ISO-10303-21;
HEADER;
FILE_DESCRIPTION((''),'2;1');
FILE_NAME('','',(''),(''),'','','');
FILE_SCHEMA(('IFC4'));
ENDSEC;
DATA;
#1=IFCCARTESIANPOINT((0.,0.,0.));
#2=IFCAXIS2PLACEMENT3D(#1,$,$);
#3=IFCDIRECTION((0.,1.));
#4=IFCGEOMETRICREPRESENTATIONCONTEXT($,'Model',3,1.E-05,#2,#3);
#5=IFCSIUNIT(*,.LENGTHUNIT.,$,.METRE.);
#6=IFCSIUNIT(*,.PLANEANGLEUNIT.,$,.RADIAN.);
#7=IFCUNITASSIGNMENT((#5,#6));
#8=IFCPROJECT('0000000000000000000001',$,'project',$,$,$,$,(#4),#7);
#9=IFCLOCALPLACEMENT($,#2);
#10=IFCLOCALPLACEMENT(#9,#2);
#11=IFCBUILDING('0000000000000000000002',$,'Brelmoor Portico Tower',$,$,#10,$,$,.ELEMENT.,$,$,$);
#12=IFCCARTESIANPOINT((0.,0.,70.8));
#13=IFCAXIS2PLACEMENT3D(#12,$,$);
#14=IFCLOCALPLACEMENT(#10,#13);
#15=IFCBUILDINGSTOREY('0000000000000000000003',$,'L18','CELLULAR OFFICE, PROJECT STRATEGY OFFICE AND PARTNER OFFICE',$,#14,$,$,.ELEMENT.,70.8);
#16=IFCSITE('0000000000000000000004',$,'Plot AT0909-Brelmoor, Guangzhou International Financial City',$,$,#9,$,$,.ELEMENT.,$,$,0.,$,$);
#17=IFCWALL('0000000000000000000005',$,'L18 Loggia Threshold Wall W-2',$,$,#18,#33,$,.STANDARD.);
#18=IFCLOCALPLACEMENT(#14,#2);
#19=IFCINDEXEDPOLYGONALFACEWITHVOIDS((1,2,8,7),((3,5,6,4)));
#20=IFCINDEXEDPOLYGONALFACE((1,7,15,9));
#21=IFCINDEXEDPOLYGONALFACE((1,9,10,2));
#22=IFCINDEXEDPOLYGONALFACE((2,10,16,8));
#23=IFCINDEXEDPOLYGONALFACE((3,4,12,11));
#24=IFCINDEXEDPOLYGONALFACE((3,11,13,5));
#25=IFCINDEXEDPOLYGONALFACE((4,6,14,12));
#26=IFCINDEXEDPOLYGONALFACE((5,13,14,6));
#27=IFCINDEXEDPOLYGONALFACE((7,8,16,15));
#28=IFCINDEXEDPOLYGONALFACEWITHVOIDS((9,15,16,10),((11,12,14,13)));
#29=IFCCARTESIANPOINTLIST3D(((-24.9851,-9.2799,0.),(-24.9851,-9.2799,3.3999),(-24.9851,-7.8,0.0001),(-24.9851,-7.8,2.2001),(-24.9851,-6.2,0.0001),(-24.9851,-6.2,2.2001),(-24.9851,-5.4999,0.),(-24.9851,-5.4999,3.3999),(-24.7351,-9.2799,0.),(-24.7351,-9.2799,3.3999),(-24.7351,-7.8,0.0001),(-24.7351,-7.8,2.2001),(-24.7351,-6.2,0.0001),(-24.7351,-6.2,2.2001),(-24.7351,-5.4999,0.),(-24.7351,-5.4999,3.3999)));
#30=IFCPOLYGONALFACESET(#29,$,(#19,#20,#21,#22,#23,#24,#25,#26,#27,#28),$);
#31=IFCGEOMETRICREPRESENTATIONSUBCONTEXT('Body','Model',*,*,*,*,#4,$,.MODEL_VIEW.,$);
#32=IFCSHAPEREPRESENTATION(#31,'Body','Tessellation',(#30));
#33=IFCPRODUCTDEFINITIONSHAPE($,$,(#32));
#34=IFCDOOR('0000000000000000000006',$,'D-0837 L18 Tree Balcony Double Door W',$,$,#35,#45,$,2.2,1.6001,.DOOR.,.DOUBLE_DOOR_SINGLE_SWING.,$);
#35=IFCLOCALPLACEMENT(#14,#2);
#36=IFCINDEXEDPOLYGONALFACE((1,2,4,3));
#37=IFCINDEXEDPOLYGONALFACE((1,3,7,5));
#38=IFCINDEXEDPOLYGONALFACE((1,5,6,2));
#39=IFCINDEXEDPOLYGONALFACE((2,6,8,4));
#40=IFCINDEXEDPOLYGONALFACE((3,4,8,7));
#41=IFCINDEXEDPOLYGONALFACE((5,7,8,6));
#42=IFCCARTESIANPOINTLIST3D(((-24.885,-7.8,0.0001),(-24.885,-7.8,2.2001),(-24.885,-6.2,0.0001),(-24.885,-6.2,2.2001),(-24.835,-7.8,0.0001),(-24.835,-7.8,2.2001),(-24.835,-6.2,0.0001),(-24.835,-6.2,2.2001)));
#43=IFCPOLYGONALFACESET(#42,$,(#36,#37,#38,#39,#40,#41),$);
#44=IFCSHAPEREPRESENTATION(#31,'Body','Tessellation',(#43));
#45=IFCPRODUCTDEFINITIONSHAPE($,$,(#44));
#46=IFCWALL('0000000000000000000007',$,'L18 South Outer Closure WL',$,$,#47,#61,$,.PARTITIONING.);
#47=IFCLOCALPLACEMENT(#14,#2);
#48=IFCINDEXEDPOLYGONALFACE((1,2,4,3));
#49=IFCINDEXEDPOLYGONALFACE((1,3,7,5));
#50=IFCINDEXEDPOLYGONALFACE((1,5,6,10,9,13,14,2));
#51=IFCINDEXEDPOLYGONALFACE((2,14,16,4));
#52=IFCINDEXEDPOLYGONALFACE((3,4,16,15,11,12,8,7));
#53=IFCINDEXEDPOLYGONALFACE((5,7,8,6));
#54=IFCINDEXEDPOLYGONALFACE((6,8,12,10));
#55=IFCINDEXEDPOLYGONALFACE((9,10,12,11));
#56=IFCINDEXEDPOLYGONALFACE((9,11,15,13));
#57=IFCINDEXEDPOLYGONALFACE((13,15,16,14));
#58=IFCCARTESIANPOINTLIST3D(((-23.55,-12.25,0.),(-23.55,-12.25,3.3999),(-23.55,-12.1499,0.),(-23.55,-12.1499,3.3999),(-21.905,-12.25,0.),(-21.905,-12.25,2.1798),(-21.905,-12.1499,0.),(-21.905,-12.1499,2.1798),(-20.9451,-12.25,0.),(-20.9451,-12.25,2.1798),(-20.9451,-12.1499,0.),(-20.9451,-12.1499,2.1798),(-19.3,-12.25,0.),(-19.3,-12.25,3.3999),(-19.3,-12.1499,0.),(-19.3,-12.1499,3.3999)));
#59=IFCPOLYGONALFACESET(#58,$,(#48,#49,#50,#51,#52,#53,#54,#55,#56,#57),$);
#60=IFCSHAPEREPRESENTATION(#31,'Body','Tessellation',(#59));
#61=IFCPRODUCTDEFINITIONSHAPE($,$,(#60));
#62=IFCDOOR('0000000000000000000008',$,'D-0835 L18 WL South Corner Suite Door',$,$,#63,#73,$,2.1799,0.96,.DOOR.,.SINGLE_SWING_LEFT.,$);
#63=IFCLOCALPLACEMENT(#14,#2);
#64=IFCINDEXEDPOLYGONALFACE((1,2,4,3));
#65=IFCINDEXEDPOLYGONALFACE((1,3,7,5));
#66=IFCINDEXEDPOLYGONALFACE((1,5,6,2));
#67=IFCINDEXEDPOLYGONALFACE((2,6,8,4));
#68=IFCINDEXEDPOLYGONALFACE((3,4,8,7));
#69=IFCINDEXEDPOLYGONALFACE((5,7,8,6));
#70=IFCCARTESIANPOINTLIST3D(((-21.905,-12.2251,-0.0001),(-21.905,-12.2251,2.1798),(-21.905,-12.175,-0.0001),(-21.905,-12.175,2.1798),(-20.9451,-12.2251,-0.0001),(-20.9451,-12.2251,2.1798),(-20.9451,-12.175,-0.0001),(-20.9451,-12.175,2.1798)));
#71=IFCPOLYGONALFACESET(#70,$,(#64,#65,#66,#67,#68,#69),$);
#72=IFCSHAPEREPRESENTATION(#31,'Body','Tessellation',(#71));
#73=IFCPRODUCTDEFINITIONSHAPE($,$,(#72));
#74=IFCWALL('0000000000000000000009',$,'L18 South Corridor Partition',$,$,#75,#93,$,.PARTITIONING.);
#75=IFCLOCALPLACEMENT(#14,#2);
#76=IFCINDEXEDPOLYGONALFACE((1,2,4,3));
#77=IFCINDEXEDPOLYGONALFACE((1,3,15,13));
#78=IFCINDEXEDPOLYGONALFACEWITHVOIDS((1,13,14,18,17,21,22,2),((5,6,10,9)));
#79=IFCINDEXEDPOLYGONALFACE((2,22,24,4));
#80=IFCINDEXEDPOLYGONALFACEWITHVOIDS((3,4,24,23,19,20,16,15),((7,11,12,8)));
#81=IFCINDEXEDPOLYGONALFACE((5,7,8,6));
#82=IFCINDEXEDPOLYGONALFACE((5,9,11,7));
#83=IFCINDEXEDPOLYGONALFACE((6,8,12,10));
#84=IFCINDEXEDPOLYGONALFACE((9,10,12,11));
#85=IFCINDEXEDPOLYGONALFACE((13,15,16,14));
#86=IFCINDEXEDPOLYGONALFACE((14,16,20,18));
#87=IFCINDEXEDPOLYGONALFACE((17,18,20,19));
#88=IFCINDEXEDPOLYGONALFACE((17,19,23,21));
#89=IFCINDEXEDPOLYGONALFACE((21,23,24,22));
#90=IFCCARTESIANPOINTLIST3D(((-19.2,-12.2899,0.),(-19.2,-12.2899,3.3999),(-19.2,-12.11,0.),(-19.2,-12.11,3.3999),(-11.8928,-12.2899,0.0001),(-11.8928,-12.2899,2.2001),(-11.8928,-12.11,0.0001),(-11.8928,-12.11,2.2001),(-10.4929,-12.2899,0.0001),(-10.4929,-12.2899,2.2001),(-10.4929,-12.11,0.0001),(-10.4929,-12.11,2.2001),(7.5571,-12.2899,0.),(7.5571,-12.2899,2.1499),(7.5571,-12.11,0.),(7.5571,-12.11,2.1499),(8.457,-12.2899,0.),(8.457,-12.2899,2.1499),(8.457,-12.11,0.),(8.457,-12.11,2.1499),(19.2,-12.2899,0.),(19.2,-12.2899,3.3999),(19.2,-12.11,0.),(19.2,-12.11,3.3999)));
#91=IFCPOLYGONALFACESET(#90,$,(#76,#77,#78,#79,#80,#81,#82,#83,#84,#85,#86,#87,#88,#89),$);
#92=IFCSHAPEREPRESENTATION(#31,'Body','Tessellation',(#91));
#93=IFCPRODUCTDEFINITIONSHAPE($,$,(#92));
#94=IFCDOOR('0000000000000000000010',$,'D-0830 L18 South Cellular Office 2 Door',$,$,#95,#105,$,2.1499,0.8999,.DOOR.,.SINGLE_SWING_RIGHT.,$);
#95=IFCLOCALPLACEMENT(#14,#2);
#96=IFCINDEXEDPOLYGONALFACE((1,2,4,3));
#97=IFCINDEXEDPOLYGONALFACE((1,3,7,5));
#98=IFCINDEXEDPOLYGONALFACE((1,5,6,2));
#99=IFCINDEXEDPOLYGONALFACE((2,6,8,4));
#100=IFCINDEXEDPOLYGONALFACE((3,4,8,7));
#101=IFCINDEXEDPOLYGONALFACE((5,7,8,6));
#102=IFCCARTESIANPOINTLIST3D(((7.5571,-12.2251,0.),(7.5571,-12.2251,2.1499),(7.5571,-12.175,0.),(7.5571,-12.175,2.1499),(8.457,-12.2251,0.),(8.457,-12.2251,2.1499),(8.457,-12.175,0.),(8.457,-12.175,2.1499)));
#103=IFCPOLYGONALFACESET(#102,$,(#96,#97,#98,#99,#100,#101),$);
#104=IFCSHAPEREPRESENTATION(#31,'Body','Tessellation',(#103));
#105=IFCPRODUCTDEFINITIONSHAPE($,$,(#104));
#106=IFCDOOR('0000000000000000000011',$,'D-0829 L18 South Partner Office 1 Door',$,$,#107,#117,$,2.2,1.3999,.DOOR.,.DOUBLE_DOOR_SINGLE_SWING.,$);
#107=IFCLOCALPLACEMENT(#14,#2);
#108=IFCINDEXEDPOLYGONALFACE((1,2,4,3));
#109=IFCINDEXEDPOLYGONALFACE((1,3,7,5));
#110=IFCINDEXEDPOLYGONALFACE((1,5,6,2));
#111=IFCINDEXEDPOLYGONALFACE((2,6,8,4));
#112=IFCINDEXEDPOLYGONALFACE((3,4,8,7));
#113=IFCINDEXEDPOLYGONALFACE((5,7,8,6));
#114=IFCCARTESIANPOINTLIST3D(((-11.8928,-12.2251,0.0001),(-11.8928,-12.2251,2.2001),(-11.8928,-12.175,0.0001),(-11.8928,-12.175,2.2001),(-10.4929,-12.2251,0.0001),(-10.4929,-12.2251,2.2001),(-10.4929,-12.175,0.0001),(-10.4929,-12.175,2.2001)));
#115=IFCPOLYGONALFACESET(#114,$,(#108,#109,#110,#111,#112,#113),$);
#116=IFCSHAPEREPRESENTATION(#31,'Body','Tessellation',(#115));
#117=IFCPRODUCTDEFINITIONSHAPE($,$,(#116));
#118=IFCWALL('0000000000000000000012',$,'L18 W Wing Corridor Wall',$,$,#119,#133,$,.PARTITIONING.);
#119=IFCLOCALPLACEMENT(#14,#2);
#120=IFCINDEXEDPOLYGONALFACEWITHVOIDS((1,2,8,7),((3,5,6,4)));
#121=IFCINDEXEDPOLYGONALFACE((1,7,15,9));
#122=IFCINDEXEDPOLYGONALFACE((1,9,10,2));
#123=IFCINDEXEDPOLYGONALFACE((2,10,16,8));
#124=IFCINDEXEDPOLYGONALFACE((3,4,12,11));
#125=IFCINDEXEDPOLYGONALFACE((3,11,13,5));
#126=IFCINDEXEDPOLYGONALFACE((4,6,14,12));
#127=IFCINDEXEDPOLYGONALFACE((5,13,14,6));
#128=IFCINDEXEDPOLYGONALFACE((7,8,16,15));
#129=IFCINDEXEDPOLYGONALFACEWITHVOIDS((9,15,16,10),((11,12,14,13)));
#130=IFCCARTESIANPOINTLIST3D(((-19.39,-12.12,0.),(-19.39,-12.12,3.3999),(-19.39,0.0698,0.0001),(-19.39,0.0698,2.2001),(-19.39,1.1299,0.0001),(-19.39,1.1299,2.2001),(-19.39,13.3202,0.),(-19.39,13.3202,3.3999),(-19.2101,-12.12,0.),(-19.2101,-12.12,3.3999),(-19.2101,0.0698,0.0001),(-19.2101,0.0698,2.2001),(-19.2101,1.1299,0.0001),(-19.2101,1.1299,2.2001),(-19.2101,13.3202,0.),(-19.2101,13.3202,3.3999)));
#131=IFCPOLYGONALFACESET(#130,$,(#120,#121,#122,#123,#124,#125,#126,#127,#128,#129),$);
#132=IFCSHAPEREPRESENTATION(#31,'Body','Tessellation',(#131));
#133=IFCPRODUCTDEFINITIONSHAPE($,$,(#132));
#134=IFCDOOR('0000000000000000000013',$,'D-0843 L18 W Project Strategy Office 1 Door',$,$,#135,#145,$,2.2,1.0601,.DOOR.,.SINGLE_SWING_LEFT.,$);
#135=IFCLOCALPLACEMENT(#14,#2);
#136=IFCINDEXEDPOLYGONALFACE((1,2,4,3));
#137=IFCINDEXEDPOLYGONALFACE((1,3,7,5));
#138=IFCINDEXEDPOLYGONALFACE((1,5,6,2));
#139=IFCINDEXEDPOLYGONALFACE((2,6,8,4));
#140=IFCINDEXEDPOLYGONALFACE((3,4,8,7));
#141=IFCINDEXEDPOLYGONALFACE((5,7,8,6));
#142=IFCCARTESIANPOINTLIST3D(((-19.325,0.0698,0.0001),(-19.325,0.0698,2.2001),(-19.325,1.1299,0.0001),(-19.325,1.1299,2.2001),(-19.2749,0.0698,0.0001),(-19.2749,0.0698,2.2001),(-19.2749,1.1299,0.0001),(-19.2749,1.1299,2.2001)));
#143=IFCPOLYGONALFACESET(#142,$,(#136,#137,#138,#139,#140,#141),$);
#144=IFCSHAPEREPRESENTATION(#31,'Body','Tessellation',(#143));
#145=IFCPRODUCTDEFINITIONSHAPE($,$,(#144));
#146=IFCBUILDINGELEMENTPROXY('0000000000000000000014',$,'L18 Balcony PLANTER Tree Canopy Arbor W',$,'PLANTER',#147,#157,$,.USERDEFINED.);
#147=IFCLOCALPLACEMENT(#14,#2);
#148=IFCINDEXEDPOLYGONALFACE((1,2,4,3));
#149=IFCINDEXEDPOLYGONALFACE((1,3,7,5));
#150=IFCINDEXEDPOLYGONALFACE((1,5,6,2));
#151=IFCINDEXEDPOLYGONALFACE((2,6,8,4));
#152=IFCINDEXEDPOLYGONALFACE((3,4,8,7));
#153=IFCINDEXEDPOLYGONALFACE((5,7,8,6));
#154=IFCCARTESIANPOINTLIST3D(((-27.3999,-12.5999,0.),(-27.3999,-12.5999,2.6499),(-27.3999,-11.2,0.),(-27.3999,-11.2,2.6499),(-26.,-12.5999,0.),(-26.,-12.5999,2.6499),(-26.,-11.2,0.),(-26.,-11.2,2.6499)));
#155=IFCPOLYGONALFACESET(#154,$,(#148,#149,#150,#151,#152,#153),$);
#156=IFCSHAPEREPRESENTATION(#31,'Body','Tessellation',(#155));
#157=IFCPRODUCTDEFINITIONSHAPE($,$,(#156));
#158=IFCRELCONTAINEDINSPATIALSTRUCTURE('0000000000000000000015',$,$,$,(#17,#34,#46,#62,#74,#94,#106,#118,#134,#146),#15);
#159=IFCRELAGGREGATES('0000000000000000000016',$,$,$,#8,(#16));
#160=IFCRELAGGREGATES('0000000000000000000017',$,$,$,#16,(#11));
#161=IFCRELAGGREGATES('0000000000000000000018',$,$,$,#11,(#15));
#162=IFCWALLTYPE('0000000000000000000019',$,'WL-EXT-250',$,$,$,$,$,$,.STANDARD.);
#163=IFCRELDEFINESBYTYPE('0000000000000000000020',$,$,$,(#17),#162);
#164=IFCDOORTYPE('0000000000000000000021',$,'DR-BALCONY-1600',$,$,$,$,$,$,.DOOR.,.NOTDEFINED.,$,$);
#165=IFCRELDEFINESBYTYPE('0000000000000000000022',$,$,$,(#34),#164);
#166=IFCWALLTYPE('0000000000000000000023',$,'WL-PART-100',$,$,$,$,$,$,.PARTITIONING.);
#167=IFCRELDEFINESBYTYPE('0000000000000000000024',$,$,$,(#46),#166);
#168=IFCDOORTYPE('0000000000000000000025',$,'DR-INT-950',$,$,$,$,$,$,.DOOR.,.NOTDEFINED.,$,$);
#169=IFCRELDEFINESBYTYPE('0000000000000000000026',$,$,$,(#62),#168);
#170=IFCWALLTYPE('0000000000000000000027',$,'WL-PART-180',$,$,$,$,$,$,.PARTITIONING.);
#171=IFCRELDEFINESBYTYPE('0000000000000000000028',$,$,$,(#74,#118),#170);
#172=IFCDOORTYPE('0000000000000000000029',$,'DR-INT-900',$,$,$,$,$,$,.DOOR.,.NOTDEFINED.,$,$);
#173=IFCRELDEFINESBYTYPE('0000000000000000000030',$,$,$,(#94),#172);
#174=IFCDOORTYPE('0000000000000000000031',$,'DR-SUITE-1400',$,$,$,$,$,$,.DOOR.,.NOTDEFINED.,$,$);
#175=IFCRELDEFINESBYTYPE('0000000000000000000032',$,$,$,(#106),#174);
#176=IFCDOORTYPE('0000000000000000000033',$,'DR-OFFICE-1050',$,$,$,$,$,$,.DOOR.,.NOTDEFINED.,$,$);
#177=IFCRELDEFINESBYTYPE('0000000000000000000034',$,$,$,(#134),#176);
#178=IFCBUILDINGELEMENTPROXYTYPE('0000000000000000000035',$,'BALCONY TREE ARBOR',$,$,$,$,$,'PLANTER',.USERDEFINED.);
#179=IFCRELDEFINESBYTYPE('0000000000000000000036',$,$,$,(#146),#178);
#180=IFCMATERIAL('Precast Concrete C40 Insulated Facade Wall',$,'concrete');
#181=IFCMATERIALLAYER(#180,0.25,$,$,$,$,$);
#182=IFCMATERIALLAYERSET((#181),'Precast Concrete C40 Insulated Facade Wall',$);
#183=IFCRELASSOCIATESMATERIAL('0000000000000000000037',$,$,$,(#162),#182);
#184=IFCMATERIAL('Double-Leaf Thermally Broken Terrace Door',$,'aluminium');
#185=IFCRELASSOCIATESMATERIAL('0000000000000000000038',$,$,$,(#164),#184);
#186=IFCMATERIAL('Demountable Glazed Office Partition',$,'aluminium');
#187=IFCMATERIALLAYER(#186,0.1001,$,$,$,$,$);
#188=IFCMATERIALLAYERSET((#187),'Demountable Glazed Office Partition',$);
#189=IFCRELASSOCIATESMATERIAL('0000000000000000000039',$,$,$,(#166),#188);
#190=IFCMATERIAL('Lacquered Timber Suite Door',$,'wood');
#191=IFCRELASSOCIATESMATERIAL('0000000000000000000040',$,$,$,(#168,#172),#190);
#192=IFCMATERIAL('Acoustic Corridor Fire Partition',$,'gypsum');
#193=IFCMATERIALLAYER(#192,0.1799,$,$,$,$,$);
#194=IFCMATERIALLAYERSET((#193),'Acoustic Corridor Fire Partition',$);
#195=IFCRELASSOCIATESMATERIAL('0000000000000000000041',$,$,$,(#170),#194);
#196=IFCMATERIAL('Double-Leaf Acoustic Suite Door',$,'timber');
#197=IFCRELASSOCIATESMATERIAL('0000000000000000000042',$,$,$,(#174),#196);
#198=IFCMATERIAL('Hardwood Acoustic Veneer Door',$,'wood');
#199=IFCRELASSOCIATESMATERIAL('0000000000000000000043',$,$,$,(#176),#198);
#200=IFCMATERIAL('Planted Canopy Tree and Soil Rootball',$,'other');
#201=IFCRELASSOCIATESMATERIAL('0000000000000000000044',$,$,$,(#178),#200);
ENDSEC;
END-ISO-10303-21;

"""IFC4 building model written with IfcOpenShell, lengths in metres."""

from ifc_helpers import new_model, si_unit, direction, frame, frame_2d, origin, origin_2d, place, context, subcontext, project, spatial, rectangle, extrude, material, layer, layer_set, type_object, element, fill, save


model = new_model("IFC4")

# Units and contexts
model_context = context("Model", 3, precision=1e-05, world=origin(), true_north=direction((0.0, 1.0)))
body_context = subcontext(model_context, "Body", "Model", "MODEL_VIEW")
ifc_project = project(units=[si_unit("LENGTHUNIT", "METRE"), si_unit("PLANEANGLEUNIT", "RADIAN")], contexts=[model_context])

# Site, building, storey
site_placement = place(None, origin())
site = spatial("IfcSite", under=ifc_project, at=site_placement, Name="Plot AT0909-Brelmoor, Guangzhou International Financial City", CompositionType="ELEMENT", RefElevation=0.0)
building_placement = place(site_placement, origin())
building = spatial("IfcBuilding", under=site, at=building_placement, Name="Brelmoor Portico Tower", CompositionType="ELEMENT")
storey_placement = place(building_placement, frame((0.0, 0.0, 70.8)))
storey = spatial("IfcBuildingStorey", under=building, at=storey_placement, Name="L18", Description="CELLULAR OFFICE, PROJECT STRATEGY OFFICE AND PARTNER OFFICE", CompositionType="ELEMENT", Elevation=70.8)

# Walls, openings, doors
ifc_material_1 = material(Name="Precast Concrete C40 Insulated Facade Wall", Category="concrete")
ifc_layer_1 = layer(ifc_material_1, 0.25)
ifc_layer_set_1 = layer_set([ifc_layer_1], Name="Precast Concrete C40 Insulated Facade Wall")
wall_type_1 = type_object("IfcWallType", Name="WL-EXT-250", PredefinedType="STANDARD", material=ifc_layer_set_1)
wall_1_placement = place(storey_placement, frame((-24.8601, -9.28, 0.0), z_axis=(0.0, 0.0, 1.0), x_axis=(0.0, 1.0, 0.0)))
wall_1 = element("IfcWall", 1, at=wall_1_placement, inside=storey, type_object=wall_type_1, Name="L18 Loggia Threshold Wall W-2", PredefinedType="STANDARD", context=body_context, shape_type="SweptSolid", body=[
    extrude(rectangle(XDim=3.78, YDim=0.25, at=frame_2d((1.8901, 0.0))), origin(), (0.0, 0.0, 1.0), 3.3999),
])
opening_1_placement = place(wall_1_placement, frame((1.48, 0.0, 0.0)))
opening_1 = element("IfcOpeningElement", 2, at=opening_1_placement, cuts=wall_1, PredefinedType="OPENING", context=body_context, shape_type="SweptSolid", body=[
    extrude(rectangle(XDim=1.6001, YDim=2.2, at=frame_2d((0.8, 1.1001))), frame((0.0, 0.135, 0.0), z_axis=(0.0, -1.0, 0.0), x_axis=(1.0, 0.0, 0.0)), (0.0, 0.0, 1.0), 0.27),
])
ifc_material_2 = material(Name="Double-Leaf Thermally Broken Terrace Door", Category="aluminium")
door_type_1 = type_object("IfcDoorType", Name="DR-BALCONY-1600", OperationType="NOTDEFINED", PredefinedType="DOOR", material=ifc_material_2)
door_1_placement = place(opening_1_placement, origin())
door_1 = element("IfcDoor", 3, at=door_1_placement, inside=storey, type_object=door_type_1, Name="D-0837 L18 Tree Balcony Double Door W", OperationType="DOUBLE_DOOR_SINGLE_SWING", OverallHeight=2.2, OverallWidth=1.6001, PredefinedType="DOOR", context=body_context, shape_type="SweptSolid", body=[
    extrude(rectangle(XDim=1.6001, YDim=2.2, at=frame_2d((0.8, 1.1001))), frame((0.0, 0.0249, 0.0), z_axis=(0.0, -1.0, 0.0), x_axis=(1.0, 0.0, 0.0)), (0.0, 0.0, 1.0), 0.05),
])
fill(opening_1, door_1)
ifc_material_3 = material(Name="Demountable Glazed Office Partition", Category="aluminium")
ifc_layer_2 = layer(ifc_material_3, 0.1001)
ifc_layer_set_2 = layer_set([ifc_layer_2], Name="Demountable Glazed Office Partition")
wall_type_2 = type_object("IfcWallType", Name="WL-PART-100", PredefinedType="PARTITIONING", material=ifc_layer_set_2)
wall_2_placement = place(storey_placement, frame((-23.55, -12.2, 0.0), z_axis=(0.0, 0.0, 1.0), x_axis=(1.0, 0.0, 0.0)))
wall_2 = element("IfcWall", 4, at=wall_2_placement, inside=storey, type_object=wall_type_2, Name="L18 South Outer Closure WL", PredefinedType="PARTITIONING", context=body_context, shape_type="SweptSolid", body=[
    extrude(rectangle(XDim=4.25, YDim=0.1001, at=frame_2d((2.125, 0.0))), origin(), (0.0, 0.0, 1.0), 3.3999),
])
opening_2_placement = place(wall_2_placement, frame((1.645, 0.0, 0.0)))
opening_2 = element("IfcOpeningElement", 5, at=opening_2_placement, cuts=wall_2, PredefinedType="OPENING", context=body_context, shape_type="SweptSolid", body=[
    extrude(rectangle(XDim=0.96, YDim=2.1799, at=frame_2d((0.48, 1.0898))), frame((0.0, 0.0601, 0.0), z_axis=(0.0, -1.0, 0.0), x_axis=(1.0, 0.0, 0.0)), (0.0, 0.0, 1.0), 0.1201),
])
ifc_material_4 = material(Name="Lacquered Timber Suite Door", Category="wood")
door_type_2 = type_object("IfcDoorType", Name="DR-INT-950", OperationType="NOTDEFINED", PredefinedType="DOOR", material=ifc_material_4)
door_2_placement = place(opening_2_placement, origin())
door_2 = element("IfcDoor", 6, at=door_2_placement, inside=storey, type_object=door_type_2, Name="D-0835 L18 WL South Corner Suite Door", OperationType="SINGLE_SWING_LEFT", OverallHeight=2.1799, OverallWidth=0.96, PredefinedType="DOOR", context=body_context, shape_type="SweptSolid", body=[
    extrude(rectangle(XDim=0.96, YDim=2.1799, at=frame_2d((0.48, 1.0898))), frame((0.0, 0.0249, 0.0), z_axis=(0.0, -1.0, 0.0), x_axis=(1.0, 0.0, 0.0)), (0.0, 0.0, 1.0), 0.05),
])
fill(opening_2, door_2)

# Wall, openings, doors
ifc_material_5 = material(Name="Acoustic Corridor Fire Partition", Category="gypsum")
ifc_layer_3 = layer(ifc_material_5, 0.1799)
ifc_layer_set_3 = layer_set([ifc_layer_3], Name="Acoustic Corridor Fire Partition")
wall_type_3 = type_object("IfcWallType", Name="WL-PART-180", PredefinedType="PARTITIONING", material=ifc_layer_set_3)
wall_3_placement = place(storey_placement, frame((-19.2, -12.2, 0.0), z_axis=(0.0, 0.0, 1.0), x_axis=(1.0, 0.0, 0.0)))
wall_3 = element("IfcWall", 7, at=wall_3_placement, inside=storey, type_object=wall_type_3, Name="L18 South Corridor Partition", PredefinedType="PARTITIONING", context=body_context, shape_type="SweptSolid", body=[
    extrude(rectangle(XDim=38.3999, YDim=0.1799, at=frame_2d((19.2, 0.0))), origin(), (0.0, 0.0, 1.0), 3.3999),
])
opening_3_placement = place(wall_3_placement, frame((7.3071, 0.0, 0.0)))
opening_3 = element("IfcOpeningElement", 8, at=opening_3_placement, cuts=wall_3, PredefinedType="OPENING", context=body_context, shape_type="SweptSolid", body=[
    extrude(rectangle(XDim=1.3999, YDim=2.2, at=frame_2d((0.7, 1.1001))), frame((0.0, 0.0999, 0.0), z_axis=(0.0, -1.0, 0.0), x_axis=(1.0, 0.0, 0.0)), (0.0, 0.0, 1.0), 0.2),
])
opening_4_placement = place(wall_3_placement, frame((26.7571, 0.0, 0.0)))
opening_4 = element("IfcOpeningElement", 9, at=opening_4_placement, cuts=wall_3, PredefinedType="OPENING", context=body_context, shape_type="SweptSolid", body=[
    extrude(rectangle(XDim=0.8999, YDim=2.1499, at=frame_2d((0.45, 1.075))), frame((0.0, 0.0999, 0.0), z_axis=(0.0, -1.0, 0.0), x_axis=(1.0, 0.0, 0.0)), (0.0, 0.0, 1.0), 0.2),
])
door_type_3 = type_object("IfcDoorType", Name="DR-INT-900", OperationType="NOTDEFINED", PredefinedType="DOOR", material=ifc_material_4)
door_3_placement = place(opening_4_placement, origin())
door_3 = element("IfcDoor", 10, at=door_3_placement, inside=storey, type_object=door_type_3, Name="D-0830 L18 South Cellular Office 2 Door", OperationType="SINGLE_SWING_RIGHT", OverallHeight=2.1499, OverallWidth=0.8999, PredefinedType="DOOR", context=body_context, shape_type="SweptSolid", body=[
    extrude(rectangle(XDim=0.8999, YDim=2.1499, at=frame_2d((0.45, 1.075))), frame((0.0, 0.0249, 0.0), z_axis=(0.0, -1.0, 0.0), x_axis=(1.0, 0.0, 0.0)), (0.0, 0.0, 1.0), 0.05),
])
fill(opening_4, door_3)
ifc_material_6 = material(Name="Double-Leaf Acoustic Suite Door", Category="timber")
door_type_4 = type_object("IfcDoorType", Name="DR-SUITE-1400", OperationType="NOTDEFINED", PredefinedType="DOOR", material=ifc_material_6)
door_4_placement = place(opening_3_placement, origin())
door_4 = element("IfcDoor", 11, at=door_4_placement, inside=storey, type_object=door_type_4, Name="D-0829 L18 South Partner Office 1 Door", OperationType="DOUBLE_DOOR_SINGLE_SWING", OverallHeight=2.2, OverallWidth=1.3999, PredefinedType="DOOR", context=body_context, shape_type="SweptSolid", body=[
    extrude(rectangle(XDim=1.3999, YDim=2.2, at=frame_2d((0.7, 1.1001))), frame((0.0, 0.0249, 0.0), z_axis=(0.0, -1.0, 0.0), x_axis=(1.0, 0.0, 0.0)), (0.0, 0.0, 1.0), 0.05),
])
fill(opening_3, door_4)

# Wall, opening, door
wall_4_placement = place(storey_placement, frame((-19.3, -12.1201, 0.0), z_axis=(0.0, 0.0, 1.0), x_axis=(0.0, 1.0, 0.0)))
wall_4 = element("IfcWall", 12, at=wall_4_placement, inside=storey, type_object=wall_type_3, Name="L18 W Wing Corridor Wall", PredefinedType="PARTITIONING", context=body_context, shape_type="SweptSolid", body=[
    extrude(rectangle(XDim=25.4402, YDim=0.1799, at=frame_2d((12.7202, 0.0))), origin(), (0.0, 0.0, 1.0), 3.3999),
])
opening_5_placement = place(wall_4_placement, frame((12.1899, 0.0, 0.0)))
opening_5 = element("IfcOpeningElement", 13, at=opening_5_placement, cuts=wall_4, PredefinedType="OPENING", context=body_context, shape_type="SweptSolid", body=[
    extrude(rectangle(XDim=1.0601, YDim=2.2, at=frame_2d((0.53, 1.1001))), frame((0.0, 0.0999, 0.0), z_axis=(0.0, -1.0, 0.0), x_axis=(1.0, 0.0, 0.0)), (0.0, 0.0, 1.0), 0.2),
])
ifc_material_7 = material(Name="Hardwood Acoustic Veneer Door", Category="wood")
door_type_5 = type_object("IfcDoorType", Name="DR-OFFICE-1050", OperationType="NOTDEFINED", PredefinedType="DOOR", material=ifc_material_7)
door_5_placement = place(opening_5_placement, origin())
door_5 = element("IfcDoor", 14, at=door_5_placement, inside=storey, type_object=door_type_5, Name="D-0843 L18 W Project Strategy Office 1 Door", OperationType="SINGLE_SWING_LEFT", OverallHeight=2.2, OverallWidth=1.0601, PredefinedType="DOOR", context=body_context, shape_type="SweptSolid", body=[
    extrude(rectangle(XDim=1.0601, YDim=2.2, at=frame_2d((0.53, 1.1001))), frame((0.0, 0.0249, 0.0), z_axis=(0.0, -1.0, 0.0), x_axis=(1.0, 0.0, 0.0)), (0.0, 0.0, 1.0), 0.05),
])
fill(opening_5, door_5)

# Building element proxy
ifc_material_8 = material(Name="Planted Canopy Tree and Soil Rootball", Category="other")
building_element_proxy_type_1 = type_object("IfcBuildingElementProxyType", Name="BALCONY TREE ARBOR", ElementType="PLANTER", PredefinedType="USERDEFINED", material=ifc_material_8)
proxy_1_placement = place(storey_placement, frame((-26.7, -11.8999, 0.0), z_axis=(0.0, 0.0, 1.0), x_axis=(1.0, 0.0, 0.0)))
element("IfcBuildingElementProxy", 15, at=proxy_1_placement, inside=storey, type_object=building_element_proxy_type_1, Name="L18 Balcony PLANTER Tree Canopy Arbor W", ObjectType="PLANTER", PredefinedType="USERDEFINED", context=body_context, shape_type="SweptSolid", body=[
    extrude(rectangle(XDim=1.3999, YDim=1.3999, at=origin_2d()), origin(), (0.0, 0.0, 1.0), 2.6499),
])

save(model, "model.ifc")
